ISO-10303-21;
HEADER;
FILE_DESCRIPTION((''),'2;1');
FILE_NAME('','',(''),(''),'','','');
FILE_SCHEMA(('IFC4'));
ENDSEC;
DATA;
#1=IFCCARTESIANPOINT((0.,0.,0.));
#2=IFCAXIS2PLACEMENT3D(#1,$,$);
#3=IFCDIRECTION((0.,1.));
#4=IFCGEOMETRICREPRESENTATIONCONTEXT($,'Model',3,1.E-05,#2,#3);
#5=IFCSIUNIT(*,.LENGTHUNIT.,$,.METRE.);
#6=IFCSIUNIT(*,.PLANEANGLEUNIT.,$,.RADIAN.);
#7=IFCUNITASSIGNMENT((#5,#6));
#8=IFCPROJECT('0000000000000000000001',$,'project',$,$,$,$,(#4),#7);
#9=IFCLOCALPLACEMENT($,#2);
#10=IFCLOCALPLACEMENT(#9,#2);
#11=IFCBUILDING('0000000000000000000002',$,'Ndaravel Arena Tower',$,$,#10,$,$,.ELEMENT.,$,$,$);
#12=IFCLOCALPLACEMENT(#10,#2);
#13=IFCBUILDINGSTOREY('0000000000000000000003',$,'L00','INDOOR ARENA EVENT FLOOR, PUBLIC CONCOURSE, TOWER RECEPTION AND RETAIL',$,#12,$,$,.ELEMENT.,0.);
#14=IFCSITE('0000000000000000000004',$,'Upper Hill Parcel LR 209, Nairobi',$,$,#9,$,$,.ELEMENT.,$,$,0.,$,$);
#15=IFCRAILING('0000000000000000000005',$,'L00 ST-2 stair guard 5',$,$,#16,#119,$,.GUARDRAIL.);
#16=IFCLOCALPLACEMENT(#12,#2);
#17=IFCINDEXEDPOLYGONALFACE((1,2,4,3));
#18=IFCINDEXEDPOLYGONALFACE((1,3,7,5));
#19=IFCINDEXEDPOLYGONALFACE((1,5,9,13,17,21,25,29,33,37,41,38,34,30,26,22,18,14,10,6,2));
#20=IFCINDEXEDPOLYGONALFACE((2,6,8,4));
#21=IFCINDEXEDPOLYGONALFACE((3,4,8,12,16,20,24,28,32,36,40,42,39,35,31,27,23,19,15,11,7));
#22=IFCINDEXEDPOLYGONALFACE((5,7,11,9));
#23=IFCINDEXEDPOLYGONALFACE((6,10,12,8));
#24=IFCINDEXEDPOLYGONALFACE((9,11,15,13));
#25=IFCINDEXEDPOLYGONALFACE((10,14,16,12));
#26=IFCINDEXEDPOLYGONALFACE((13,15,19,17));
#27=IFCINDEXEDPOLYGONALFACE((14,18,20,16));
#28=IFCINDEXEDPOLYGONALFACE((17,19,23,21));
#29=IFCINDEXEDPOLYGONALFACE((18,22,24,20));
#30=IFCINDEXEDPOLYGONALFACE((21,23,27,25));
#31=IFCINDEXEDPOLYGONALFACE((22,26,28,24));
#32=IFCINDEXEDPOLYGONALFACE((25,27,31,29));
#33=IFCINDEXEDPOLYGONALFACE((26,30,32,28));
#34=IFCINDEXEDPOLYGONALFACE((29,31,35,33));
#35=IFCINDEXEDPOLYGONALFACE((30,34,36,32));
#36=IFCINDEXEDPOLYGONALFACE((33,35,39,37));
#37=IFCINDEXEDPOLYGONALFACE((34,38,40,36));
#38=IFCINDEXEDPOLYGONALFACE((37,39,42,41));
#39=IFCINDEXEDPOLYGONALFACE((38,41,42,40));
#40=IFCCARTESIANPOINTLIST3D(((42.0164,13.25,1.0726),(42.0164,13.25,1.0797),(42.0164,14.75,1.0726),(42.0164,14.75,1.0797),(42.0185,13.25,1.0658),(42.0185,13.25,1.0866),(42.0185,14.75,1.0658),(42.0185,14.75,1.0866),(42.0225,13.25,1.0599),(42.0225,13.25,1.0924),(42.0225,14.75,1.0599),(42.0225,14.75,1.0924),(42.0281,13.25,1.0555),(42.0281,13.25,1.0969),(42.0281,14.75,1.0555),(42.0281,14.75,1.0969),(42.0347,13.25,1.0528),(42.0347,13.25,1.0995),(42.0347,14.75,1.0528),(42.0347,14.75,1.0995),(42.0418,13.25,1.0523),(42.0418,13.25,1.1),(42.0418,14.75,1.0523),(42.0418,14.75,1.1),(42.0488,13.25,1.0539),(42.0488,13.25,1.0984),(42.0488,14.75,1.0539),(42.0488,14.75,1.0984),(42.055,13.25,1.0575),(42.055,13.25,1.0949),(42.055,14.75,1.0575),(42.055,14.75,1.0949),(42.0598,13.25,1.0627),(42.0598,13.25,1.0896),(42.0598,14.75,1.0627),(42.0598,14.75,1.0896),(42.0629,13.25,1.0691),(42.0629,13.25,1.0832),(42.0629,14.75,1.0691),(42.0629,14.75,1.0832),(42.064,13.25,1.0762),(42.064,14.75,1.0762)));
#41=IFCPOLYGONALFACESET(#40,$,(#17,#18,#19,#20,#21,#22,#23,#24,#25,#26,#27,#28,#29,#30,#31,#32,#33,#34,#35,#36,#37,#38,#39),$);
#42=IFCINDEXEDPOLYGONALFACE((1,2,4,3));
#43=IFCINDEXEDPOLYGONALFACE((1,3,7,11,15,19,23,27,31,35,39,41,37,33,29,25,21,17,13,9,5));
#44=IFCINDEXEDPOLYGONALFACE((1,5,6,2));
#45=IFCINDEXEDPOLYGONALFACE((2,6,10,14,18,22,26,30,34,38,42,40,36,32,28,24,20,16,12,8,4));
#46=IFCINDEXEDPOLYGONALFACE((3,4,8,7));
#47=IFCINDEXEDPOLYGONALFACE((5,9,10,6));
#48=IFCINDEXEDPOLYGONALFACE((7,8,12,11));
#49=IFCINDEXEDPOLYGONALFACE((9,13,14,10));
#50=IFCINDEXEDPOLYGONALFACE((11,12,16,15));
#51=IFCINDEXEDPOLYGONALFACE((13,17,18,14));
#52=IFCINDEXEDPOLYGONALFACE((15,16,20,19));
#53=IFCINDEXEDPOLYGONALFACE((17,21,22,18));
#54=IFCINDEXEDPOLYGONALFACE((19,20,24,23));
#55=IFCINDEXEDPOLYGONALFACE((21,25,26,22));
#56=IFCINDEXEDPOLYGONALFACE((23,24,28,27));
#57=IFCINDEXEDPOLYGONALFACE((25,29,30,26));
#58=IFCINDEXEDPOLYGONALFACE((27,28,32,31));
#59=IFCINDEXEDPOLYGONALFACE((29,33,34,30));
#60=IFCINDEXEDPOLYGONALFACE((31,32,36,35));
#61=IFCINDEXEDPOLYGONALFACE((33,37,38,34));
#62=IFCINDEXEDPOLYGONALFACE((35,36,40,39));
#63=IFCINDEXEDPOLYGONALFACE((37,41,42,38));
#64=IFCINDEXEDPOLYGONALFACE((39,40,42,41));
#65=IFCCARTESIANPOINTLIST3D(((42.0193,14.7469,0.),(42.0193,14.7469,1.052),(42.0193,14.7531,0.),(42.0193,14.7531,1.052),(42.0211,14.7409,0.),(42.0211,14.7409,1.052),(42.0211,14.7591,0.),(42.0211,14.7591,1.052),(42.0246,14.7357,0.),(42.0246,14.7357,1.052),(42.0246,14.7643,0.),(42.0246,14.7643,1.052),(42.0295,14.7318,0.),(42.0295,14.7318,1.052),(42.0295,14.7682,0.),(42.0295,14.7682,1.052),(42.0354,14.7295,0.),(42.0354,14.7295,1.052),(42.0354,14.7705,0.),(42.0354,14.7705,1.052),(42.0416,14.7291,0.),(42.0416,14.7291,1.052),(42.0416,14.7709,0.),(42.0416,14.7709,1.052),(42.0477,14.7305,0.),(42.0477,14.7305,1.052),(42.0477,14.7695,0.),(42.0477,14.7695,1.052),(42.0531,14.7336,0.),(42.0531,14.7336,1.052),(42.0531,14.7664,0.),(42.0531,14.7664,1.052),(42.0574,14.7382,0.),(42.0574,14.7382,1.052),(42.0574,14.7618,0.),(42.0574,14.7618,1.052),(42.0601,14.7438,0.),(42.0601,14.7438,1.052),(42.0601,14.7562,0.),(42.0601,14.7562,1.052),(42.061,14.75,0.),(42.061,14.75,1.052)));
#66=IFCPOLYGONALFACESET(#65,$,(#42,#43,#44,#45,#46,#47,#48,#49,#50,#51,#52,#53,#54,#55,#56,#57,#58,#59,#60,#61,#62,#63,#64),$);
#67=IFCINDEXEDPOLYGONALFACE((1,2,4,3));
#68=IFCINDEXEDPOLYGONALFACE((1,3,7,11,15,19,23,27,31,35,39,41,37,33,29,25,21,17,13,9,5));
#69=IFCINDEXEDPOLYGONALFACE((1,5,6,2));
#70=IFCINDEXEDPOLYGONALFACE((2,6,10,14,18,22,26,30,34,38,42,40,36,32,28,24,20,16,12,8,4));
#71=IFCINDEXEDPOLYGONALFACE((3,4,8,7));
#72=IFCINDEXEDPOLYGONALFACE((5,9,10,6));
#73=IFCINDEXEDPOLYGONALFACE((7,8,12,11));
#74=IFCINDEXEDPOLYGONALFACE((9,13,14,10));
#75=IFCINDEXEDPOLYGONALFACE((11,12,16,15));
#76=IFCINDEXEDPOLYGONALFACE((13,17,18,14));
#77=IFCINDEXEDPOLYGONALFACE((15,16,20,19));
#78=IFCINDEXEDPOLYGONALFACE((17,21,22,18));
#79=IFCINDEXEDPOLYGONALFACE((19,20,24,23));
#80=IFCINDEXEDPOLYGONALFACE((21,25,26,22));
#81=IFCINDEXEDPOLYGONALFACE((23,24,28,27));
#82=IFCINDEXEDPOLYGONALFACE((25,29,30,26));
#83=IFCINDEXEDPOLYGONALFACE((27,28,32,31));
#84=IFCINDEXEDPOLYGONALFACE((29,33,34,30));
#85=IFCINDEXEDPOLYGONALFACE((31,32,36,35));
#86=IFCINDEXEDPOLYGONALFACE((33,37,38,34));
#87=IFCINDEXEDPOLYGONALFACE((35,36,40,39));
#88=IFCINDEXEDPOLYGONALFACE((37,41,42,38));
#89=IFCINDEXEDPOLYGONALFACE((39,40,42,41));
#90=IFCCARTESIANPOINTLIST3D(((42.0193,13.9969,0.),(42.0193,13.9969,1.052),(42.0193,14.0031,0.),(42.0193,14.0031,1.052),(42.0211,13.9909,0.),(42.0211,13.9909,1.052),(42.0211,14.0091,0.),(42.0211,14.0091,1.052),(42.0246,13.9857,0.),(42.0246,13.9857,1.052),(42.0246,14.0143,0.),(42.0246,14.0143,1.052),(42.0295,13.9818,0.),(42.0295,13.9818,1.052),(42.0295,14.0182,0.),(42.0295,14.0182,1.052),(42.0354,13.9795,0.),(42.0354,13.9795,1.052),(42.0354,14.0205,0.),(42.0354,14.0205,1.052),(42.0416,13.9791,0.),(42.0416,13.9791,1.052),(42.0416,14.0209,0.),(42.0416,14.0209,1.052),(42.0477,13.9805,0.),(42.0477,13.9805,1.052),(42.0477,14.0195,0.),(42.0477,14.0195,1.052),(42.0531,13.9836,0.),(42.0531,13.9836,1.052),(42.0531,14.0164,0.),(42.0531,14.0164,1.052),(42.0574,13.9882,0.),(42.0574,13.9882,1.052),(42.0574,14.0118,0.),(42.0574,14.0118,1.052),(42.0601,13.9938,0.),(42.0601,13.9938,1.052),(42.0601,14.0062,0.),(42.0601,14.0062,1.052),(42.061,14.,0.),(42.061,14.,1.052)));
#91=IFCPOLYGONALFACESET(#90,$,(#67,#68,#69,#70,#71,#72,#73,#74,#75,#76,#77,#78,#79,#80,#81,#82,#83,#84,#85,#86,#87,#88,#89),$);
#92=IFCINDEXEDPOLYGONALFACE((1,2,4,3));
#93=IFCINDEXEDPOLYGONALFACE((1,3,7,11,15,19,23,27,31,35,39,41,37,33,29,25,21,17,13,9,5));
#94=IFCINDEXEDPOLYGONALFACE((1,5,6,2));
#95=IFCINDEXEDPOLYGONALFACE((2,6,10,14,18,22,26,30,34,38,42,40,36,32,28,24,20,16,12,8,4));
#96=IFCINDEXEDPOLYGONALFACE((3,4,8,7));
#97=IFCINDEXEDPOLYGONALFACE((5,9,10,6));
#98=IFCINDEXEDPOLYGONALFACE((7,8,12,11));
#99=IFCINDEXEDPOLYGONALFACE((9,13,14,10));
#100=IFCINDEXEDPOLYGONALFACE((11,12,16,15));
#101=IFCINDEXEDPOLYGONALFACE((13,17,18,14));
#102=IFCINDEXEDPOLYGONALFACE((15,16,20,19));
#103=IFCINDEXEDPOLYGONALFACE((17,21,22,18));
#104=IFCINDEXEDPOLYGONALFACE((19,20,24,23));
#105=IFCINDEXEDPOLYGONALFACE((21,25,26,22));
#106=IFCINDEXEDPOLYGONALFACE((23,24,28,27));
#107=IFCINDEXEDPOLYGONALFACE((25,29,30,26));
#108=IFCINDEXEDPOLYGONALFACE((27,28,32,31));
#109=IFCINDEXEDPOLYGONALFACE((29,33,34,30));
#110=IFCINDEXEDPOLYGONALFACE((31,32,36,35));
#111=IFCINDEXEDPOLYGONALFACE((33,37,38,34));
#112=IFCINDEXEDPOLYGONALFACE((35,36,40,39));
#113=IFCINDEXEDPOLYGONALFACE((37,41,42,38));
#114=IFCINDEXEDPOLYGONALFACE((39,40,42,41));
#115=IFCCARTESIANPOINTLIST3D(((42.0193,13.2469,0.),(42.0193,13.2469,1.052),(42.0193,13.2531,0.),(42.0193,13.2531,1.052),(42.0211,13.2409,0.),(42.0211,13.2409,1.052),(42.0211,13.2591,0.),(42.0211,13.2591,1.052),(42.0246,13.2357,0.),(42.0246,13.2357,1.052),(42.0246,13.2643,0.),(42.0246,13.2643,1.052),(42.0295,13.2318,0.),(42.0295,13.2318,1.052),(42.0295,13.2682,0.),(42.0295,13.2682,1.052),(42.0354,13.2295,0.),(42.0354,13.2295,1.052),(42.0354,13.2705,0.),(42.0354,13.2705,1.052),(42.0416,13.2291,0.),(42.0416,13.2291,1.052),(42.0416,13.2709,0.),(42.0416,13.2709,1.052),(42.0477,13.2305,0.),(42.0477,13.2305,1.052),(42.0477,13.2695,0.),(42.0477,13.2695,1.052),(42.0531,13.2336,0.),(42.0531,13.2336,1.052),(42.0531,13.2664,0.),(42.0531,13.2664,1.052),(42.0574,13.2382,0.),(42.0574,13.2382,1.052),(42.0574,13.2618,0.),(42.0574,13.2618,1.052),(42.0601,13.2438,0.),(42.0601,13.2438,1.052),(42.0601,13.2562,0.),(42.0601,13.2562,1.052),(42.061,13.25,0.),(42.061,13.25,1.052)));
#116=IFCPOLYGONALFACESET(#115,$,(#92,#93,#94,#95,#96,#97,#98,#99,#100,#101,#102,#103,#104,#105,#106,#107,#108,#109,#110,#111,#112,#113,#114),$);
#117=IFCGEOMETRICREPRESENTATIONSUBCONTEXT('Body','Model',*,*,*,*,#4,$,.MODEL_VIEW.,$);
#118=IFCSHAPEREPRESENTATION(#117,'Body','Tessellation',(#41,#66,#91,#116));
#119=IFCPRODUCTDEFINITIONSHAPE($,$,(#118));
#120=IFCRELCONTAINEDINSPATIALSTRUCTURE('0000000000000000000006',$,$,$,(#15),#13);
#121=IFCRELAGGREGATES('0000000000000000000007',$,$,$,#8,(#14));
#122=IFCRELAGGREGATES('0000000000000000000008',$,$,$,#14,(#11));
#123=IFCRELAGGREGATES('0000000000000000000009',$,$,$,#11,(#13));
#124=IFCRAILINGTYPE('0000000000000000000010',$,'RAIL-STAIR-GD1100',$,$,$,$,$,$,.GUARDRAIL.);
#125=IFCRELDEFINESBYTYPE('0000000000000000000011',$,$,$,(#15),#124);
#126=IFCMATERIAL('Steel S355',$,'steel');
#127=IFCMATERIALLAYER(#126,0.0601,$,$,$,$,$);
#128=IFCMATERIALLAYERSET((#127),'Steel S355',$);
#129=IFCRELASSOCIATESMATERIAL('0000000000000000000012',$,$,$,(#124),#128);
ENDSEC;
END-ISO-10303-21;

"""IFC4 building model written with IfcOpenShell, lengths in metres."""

from ifc_helpers import new_model, si_unit, direction, frame, origin, origin_2d, place, context, subcontext, project, spatial, circle, extrude, material, layer, layer_set, type_object, element, save


model = new_model("IFC4")

# Units and contexts
model_context = context("Model", 3, precision=1e-05, world=origin(), true_north=direction((0.0, 1.0)))
body_context = subcontext(model_context, "Body", "Model", "MODEL_VIEW")
ifc_project = project(units=[si_unit("LENGTHUNIT", "METRE"), si_unit("PLANEANGLEUNIT", "RADIAN")], contexts=[model_context])

# Site, building, storey
site_placement = place(None, origin())
site = spatial("IfcSite", under=ifc_project, at=site_placement, Name="Upper Hill Parcel LR 209, Nairobi", CompositionType="ELEMENT", RefElevation=0.0)
building_placement = place(site_placement, origin())
building = spatial("IfcBuilding", under=site, at=building_placement, Name="Ndaravel Arena Tower", CompositionType="ELEMENT")
storey_placement = place(building_placement, origin())
storey = spatial("IfcBuildingStorey", under=building, at=storey_placement, Name="L00", Description="INDOOR ARENA EVENT FLOOR, PUBLIC CONCOURSE, TOWER RECEPTION AND RETAIL", CompositionType="ELEMENT", Elevation=0.0)

# Railing
ifc_material_1 = material(Name="Steel S355", Category="steel")
ifc_layer_1 = layer(ifc_material_1, 0.0601)
ifc_layer_set_1 = layer_set([ifc_layer_1], Name="Steel S355")
railing_type_1 = type_object("IfcRailingType", Name="RAIL-STAIR-GD1100", PredefinedType="GUARDRAIL", material=ifc_layer_set_1)
railing_1_placement = place(storey_placement, frame((42.04, 14.75, 0.0)))
element("IfcRailing", 1, at=railing_1_placement, inside=storey, type_object=railing_type_1, Name="L00 ST-2 stair guard 5", PredefinedType="GUARDRAIL", context=body_context, shape_type="SweptSolid", body=[
    extrude(circle(Radius=0.0239, at=origin_2d()), frame((0.0, 0.0, 1.0762), z_axis=(0.0, -1.0, 0.0), x_axis=(1.0, 0.0, 0.0)), (0.0, 0.0, 1.0), 1.5),
    extrude(circle(Radius=0.021, at=origin_2d()), origin(), (0.0, 0.0, 1.0), 1.052),
    extrude(circle(Radius=0.021, at=origin_2d()), frame((0.0, -0.75, 0.0)), (0.0, 0.0, 1.0), 1.052),
    extrude(circle(Radius=0.021, at=origin_2d()), frame((0.0, -1.5, 0.0)), (0.0, 0.0, 1.0), 1.052),
])

save(model, "model.ifc")
